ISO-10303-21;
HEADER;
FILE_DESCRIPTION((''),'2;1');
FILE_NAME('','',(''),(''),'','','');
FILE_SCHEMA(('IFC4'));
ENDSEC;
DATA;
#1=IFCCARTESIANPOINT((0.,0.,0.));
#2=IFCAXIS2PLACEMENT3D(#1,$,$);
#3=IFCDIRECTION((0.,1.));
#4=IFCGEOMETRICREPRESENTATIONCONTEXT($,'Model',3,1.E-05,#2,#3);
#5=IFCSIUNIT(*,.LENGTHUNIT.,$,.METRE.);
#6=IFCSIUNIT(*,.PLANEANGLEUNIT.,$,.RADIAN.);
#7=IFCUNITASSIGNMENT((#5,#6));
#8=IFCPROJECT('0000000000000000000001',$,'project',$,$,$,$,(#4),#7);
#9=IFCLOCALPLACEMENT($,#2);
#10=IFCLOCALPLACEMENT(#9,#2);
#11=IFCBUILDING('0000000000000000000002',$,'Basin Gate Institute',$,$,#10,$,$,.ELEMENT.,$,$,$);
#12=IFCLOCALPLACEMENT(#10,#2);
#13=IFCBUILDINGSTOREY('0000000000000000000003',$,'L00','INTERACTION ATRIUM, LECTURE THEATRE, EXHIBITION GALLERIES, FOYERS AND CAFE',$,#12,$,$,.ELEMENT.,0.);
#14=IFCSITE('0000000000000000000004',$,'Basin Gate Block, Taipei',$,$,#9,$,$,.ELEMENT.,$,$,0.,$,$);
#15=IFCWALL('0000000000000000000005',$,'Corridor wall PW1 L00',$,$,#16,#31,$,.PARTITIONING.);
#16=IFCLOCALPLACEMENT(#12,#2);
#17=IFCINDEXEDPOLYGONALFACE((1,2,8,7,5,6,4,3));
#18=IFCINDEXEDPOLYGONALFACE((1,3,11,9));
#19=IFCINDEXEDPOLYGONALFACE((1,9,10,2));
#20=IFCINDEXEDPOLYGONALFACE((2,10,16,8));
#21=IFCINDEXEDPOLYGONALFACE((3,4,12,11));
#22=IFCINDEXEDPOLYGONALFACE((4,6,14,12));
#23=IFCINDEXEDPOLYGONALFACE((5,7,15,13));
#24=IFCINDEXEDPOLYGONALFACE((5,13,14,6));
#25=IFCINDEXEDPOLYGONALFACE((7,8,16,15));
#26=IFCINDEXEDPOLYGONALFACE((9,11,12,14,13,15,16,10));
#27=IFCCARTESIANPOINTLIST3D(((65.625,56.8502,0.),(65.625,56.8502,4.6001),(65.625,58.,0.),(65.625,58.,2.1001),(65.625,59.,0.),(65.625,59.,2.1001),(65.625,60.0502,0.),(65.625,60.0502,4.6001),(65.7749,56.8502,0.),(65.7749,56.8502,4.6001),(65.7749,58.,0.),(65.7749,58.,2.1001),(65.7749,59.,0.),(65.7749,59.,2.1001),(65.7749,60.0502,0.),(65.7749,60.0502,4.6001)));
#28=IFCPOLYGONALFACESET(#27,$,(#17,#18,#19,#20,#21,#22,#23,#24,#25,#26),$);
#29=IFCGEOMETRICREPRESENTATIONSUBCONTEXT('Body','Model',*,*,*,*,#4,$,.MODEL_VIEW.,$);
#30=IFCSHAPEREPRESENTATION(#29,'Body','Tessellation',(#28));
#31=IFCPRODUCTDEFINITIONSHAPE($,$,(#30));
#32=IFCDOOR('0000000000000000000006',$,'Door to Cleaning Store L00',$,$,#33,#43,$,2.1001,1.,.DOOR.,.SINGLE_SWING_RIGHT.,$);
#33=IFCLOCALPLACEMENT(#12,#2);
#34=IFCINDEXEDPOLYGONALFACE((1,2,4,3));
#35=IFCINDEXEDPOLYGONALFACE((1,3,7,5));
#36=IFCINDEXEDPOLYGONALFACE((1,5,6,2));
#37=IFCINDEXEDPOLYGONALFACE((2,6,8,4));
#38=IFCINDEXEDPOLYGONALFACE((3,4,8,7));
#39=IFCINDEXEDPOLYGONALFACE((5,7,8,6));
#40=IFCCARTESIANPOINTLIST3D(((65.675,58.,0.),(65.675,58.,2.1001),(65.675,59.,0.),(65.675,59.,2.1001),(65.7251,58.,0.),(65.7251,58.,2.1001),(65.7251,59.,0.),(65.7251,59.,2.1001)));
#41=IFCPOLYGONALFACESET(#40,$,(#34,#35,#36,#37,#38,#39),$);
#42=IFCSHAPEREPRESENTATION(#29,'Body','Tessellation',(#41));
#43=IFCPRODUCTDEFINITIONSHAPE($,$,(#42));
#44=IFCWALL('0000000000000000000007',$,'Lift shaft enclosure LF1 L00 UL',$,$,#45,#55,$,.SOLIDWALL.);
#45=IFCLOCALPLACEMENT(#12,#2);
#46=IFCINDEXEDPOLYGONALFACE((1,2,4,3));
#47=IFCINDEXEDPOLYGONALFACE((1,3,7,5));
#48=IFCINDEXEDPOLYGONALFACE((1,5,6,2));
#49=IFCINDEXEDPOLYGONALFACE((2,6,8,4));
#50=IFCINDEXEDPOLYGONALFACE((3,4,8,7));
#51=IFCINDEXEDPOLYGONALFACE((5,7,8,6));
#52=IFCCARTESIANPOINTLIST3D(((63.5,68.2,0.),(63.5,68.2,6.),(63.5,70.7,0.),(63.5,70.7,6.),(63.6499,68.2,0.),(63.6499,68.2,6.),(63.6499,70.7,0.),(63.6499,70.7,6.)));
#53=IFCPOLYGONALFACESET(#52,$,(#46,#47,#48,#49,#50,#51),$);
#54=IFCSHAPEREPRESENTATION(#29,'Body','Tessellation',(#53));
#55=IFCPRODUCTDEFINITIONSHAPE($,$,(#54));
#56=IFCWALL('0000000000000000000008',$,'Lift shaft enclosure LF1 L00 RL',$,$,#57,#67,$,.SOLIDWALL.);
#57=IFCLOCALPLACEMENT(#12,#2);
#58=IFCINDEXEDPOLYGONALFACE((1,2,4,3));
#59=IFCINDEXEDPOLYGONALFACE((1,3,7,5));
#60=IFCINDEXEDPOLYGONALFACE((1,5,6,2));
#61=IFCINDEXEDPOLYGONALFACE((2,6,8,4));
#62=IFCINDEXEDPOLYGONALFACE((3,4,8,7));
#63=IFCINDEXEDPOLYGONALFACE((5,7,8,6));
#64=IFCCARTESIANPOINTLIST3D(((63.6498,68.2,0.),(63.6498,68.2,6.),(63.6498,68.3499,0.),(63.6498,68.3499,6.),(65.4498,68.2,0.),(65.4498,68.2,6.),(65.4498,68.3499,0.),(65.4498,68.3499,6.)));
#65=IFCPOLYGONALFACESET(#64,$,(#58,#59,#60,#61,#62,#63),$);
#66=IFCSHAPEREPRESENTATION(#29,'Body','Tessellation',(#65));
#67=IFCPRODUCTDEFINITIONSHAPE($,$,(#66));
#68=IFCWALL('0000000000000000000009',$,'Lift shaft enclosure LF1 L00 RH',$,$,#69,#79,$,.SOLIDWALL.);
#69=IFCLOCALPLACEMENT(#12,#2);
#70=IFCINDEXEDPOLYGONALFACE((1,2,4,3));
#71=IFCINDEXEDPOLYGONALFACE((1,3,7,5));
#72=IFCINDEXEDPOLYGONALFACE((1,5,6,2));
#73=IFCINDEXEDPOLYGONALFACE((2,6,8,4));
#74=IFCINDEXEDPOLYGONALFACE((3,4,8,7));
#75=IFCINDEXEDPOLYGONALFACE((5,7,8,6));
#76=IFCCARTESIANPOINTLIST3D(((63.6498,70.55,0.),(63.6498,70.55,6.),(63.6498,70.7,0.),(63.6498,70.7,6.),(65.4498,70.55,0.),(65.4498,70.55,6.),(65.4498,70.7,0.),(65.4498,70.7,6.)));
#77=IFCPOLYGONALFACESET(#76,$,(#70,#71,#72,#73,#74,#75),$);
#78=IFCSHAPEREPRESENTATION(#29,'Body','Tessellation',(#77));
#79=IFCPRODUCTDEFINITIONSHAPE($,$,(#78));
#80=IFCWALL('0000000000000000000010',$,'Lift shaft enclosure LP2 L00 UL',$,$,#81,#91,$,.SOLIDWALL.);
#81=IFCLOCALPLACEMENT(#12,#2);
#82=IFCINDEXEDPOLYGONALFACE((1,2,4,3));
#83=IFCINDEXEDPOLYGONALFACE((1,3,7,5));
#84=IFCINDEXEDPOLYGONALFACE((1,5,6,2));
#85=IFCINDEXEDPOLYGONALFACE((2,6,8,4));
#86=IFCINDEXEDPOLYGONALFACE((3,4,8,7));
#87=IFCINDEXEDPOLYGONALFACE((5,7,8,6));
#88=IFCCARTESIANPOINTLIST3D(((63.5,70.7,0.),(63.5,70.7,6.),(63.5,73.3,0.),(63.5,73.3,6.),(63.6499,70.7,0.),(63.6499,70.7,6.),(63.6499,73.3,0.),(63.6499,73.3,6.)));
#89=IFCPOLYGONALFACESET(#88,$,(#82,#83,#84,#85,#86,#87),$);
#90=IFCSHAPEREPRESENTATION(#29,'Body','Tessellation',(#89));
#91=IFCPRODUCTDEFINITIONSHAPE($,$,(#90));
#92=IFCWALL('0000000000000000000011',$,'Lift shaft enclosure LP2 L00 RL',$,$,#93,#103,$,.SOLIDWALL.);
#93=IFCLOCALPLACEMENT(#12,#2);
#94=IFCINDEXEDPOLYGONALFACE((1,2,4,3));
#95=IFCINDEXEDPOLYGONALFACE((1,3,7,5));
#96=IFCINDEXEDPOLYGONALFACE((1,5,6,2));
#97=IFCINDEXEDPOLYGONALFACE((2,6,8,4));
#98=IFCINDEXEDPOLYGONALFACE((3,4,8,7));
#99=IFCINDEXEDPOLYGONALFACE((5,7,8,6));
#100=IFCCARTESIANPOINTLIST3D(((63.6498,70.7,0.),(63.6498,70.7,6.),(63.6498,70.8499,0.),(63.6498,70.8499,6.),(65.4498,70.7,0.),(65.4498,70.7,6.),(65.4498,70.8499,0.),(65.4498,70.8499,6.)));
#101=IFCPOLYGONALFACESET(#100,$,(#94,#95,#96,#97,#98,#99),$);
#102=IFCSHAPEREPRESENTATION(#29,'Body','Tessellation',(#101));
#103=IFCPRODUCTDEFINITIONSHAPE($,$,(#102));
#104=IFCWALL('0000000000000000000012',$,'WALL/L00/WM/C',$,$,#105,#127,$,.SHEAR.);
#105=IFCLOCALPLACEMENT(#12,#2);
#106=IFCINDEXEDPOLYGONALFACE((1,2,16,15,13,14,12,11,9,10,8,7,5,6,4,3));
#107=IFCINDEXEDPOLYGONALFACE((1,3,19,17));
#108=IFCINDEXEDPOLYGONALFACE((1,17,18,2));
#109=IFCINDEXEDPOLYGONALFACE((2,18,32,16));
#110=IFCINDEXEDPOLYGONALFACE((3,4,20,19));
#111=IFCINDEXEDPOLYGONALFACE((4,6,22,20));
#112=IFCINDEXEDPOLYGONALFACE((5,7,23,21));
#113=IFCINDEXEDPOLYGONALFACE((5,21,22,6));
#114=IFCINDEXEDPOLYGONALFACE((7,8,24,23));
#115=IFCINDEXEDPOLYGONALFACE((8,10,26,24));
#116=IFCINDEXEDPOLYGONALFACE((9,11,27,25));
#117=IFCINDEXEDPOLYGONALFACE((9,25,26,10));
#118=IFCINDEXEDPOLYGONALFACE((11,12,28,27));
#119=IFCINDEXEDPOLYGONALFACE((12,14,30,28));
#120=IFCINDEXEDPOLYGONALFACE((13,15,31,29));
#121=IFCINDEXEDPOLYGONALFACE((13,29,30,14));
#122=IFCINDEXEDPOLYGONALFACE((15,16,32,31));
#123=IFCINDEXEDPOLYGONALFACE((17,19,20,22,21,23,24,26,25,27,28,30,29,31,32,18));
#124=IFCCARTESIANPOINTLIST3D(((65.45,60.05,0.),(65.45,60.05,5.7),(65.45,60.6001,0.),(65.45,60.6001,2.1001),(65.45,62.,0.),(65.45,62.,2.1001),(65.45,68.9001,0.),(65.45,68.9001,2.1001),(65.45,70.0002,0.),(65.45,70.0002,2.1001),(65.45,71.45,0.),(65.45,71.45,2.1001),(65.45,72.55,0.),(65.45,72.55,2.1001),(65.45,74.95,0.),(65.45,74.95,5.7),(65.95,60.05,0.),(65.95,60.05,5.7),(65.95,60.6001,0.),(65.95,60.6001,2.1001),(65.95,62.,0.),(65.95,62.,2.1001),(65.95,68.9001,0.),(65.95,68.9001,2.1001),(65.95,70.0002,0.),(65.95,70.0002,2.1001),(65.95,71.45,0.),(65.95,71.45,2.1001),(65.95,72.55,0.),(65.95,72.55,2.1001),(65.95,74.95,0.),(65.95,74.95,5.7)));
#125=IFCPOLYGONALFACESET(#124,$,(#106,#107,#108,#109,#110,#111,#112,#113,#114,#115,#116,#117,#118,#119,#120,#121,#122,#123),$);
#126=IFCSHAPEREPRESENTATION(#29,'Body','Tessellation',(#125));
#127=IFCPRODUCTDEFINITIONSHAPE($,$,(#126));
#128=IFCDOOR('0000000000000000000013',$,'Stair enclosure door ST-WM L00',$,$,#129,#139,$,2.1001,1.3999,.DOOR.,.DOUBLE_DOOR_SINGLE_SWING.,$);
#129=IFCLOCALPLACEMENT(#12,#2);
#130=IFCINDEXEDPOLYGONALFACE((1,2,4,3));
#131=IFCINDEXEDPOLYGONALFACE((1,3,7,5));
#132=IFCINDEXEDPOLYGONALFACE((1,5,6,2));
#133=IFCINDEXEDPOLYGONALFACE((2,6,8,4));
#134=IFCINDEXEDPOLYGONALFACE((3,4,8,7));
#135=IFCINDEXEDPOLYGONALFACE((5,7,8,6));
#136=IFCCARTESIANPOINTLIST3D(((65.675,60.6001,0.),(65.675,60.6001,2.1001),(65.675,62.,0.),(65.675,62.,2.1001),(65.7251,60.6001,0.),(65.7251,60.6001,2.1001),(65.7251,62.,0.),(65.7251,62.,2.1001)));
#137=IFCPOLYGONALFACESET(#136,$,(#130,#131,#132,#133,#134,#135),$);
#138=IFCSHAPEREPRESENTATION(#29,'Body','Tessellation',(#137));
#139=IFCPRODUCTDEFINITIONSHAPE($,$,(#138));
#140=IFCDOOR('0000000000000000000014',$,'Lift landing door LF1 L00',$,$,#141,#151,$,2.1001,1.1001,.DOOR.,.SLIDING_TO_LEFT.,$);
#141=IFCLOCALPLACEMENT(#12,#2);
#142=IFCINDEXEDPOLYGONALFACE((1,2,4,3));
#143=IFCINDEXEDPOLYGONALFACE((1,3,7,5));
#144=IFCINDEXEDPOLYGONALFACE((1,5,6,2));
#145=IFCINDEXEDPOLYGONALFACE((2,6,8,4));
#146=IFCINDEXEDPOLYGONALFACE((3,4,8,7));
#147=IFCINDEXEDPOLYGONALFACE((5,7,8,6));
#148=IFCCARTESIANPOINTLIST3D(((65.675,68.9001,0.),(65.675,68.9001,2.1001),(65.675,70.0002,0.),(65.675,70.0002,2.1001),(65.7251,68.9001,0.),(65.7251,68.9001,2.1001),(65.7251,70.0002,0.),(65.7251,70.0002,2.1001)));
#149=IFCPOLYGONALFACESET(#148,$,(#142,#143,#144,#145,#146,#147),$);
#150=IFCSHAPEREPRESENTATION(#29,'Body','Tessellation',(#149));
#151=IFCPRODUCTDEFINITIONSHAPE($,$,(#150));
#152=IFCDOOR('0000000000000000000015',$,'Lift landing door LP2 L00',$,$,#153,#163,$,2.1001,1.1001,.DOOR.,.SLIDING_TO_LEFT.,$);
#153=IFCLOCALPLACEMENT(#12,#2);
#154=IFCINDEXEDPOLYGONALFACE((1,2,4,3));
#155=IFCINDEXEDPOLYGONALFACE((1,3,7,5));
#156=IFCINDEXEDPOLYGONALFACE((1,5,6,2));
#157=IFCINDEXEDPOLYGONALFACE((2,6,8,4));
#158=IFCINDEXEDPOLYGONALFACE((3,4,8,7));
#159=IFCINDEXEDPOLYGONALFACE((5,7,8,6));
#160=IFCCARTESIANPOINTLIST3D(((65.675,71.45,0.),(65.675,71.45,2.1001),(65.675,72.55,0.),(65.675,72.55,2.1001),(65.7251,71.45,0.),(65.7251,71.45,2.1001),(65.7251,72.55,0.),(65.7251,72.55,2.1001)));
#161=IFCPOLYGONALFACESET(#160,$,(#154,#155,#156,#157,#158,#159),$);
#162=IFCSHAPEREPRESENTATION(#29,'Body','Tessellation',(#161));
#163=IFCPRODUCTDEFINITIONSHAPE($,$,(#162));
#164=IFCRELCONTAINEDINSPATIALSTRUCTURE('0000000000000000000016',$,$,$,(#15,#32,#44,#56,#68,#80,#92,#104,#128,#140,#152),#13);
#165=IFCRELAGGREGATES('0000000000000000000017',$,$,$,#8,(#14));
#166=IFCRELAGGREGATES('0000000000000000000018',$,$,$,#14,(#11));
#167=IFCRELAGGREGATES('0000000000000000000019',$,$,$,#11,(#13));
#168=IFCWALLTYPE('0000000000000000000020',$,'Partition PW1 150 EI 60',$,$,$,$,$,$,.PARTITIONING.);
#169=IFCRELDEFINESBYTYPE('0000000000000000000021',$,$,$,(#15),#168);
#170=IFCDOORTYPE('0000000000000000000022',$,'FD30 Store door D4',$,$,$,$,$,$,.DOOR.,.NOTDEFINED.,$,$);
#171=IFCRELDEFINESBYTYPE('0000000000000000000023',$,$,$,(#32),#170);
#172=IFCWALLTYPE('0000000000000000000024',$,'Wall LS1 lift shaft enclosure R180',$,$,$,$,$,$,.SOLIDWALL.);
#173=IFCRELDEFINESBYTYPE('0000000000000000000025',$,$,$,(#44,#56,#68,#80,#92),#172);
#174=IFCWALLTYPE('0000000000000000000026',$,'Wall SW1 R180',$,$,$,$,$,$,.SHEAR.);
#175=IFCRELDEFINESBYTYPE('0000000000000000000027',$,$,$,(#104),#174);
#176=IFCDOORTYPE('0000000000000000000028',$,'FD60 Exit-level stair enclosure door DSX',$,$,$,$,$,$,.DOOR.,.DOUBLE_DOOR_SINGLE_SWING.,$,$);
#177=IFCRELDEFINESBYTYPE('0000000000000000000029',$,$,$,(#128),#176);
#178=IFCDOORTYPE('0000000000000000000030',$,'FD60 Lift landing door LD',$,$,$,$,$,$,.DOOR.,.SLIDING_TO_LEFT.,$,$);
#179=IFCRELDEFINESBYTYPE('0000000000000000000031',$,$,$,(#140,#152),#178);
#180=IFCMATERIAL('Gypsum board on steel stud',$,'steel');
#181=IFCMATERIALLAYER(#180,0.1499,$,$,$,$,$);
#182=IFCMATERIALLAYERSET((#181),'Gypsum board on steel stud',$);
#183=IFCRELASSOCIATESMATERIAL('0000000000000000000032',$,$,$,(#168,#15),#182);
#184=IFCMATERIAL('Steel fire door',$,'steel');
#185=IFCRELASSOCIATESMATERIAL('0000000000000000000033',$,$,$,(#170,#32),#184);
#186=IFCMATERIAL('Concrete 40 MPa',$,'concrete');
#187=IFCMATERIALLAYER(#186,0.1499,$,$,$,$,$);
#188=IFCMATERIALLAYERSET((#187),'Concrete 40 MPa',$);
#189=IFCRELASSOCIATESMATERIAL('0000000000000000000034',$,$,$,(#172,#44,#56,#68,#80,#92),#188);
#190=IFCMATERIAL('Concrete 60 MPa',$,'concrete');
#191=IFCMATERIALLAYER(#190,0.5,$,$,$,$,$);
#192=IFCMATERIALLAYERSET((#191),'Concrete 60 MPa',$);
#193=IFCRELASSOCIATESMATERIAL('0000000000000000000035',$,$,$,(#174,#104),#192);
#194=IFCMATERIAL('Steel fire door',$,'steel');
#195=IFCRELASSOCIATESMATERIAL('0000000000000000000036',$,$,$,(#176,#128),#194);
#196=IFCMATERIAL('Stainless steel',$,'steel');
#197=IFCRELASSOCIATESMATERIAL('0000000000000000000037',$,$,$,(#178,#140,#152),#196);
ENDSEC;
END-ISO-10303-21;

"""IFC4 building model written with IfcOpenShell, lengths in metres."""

from ifc_helpers import new_model, si_unit, direction, frame, frame_2d, origin, place, context, subcontext, project, spatial, rectangle, extrude, material, layer, layer_set, type_object, element, fill, save


model = new_model("IFC4")

# Units and contexts
model_context = context("Model", 3, precision=1e-05, world=origin(), true_north=direction((0.0, 1.0)))
body_context = subcontext(model_context, "Body", "Model", "MODEL_VIEW")
ifc_project = project(units=[si_unit("LENGTHUNIT", "METRE"), si_unit("PLANEANGLEUNIT", "RADIAN")], contexts=[model_context])

# Site, building, storey
site_placement = place(None, origin())
site = spatial("IfcSite", under=ifc_project, at=site_placement, Name="Basin Gate Block, Taipei", CompositionType="ELEMENT", RefElevation=0.0)
building_placement = place(site_placement, origin())
building = spatial("IfcBuilding", under=site, at=building_placement, Name="Basin Gate Institute", CompositionType="ELEMENT")
storey_placement = place(building_placement, origin())
storey = spatial("IfcBuildingStorey", under=building, at=storey_placement, Name="L00", Description="INTERACTION ATRIUM, LECTURE THEATRE, EXHIBITION GALLERIES, FOYERS AND CAFE", CompositionType="ELEMENT", Elevation=0.0)

# Wall, opening, door
ifc_material_1 = material(Name="Gypsum board on steel stud", Category="steel")
ifc_layer_1 = layer(ifc_material_1, 0.1499)
ifc_layer_set_1 = layer_set([ifc_layer_1], Name="Gypsum board on steel stud")
wall_type_1 = type_object("IfcWallType", Name="Partition PW1 150 EI 60", PredefinedType="PARTITIONING", material=ifc_layer_set_1)
wall_1_placement = place(storey_placement, frame((65.7, 56.8501, 0.0), z_axis=(0.0, 0.0, 1.0), x_axis=(0.0, 1.0, 0.0)))
wall_1 = element("IfcWall", 1, at=wall_1_placement, inside=storey, type_object=wall_type_1, material=ifc_layer_set_1, Name="Corridor wall PW1 L00", PredefinedType="PARTITIONING", context=body_context, shape_type="SweptSolid", body=[
    extrude(rectangle(XDim=3.2, YDim=0.1499, at=frame_2d((1.6001, 0.0))), origin(), (0.0, 0.0, 1.0), 4.6001),
])
opening_1_placement = place(wall_1_placement, frame((1.1499, 0.0, 0.0)))
opening_1 = element("IfcOpeningElement", 2, at=opening_1_placement, cuts=wall_1, PredefinedType="OPENING", context=body_context, shape_type="SweptSolid", body=[
    extrude(rectangle(XDim=1.0, YDim=2.1001, at=frame_2d((0.5, 1.05))), frame((0.0, 0.085, 0.0), z_axis=(0.0, -1.0, 0.0), x_axis=(1.0, 0.0, 0.0)), (0.0, 0.0, 1.0), 0.1699),
])
ifc_material_2 = material(Name="Steel fire door", Category="steel")
door_type_1 = type_object("IfcDoorType", Name="FD30 Store door D4", OperationType="NOTDEFINED", PredefinedType="DOOR", material=ifc_material_2)
door_1_placement = place(opening_1_placement, origin())
door_1 = element("IfcDoor", 3, at=door_1_placement, inside=storey, type_object=door_type_1, material=ifc_material_2, Name="Door to Cleaning Store L00", OperationType="SINGLE_SWING_RIGHT", OverallHeight=2.1001, OverallWidth=1.0, PredefinedType="DOOR", context=body_context, shape_type="SweptSolid", body=[
    extrude(rectangle(XDim=1.0, YDim=2.1001, at=frame_2d((0.5, 1.05))), frame((0.0, 0.0249, 0.0), z_axis=(0.0, -1.0, 0.0), x_axis=(1.0, 0.0, 0.0)), (0.0, 0.0, 1.0), 0.05),
])
fill(opening_1, door_1)

# Walls
ifc_material_3 = material(Name="Concrete 40 MPa", Category="concrete")
ifc_layer_2 = layer(ifc_material_3, 0.1499)
ifc_layer_set_2 = layer_set([ifc_layer_2], Name="Concrete 40 MPa")
wall_type_2 = type_object("IfcWallType", Name="Wall LS1 lift shaft enclosure R180", PredefinedType="SOLIDWALL", material=ifc_layer_set_2)
wall_2_placement = place(storey_placement, frame((63.575, 68.2, 0.0), z_axis=(0.0, 0.0, 1.0), x_axis=(0.0, 1.0, 0.0)))
element("IfcWall", 4, at=wall_2_placement, inside=storey, type_object=wall_type_2, material=ifc_layer_set_2, Name="Lift shaft enclosure LF1 L00 UL", PredefinedType="SOLIDWALL", context=body_context, shape_type="SweptSolid", body=[
    extrude(rectangle(XDim=2.5, YDim=0.1499, at=frame_2d((1.25, 0.0))), origin(), (0.0, 0.0, 1.0), 6.0),
])
for number, where, z_axis, x_axis, name in (
    (5, (63.6499, 68.2749, 0.0), (0.0, 0.0, 1.0), (1.0, 0.0, 0.0), "Lift shaft enclosure LF1 L00 RL"),
    (6, (63.6499, 70.625, 0.0), (0.0, 0.0, 1.0), (1.0, 0.0, 0.0), "Lift shaft enclosure LF1 L00 RH"),
):
    element("IfcWall", number, at=place(storey_placement, frame(where, z_axis=z_axis, x_axis=x_axis)), inside=storey, type_object=wall_type_2, material=ifc_layer_set_2, Name=name, PredefinedType="SOLIDWALL", context=body_context, shape_type="SweptSolid", body=[
        extrude(rectangle(XDim=1.8, YDim=0.1499, at=frame_2d((0.8999, 0.0))), origin(), (0.0, 0.0, 1.0), 6.0),
    ])
wall_3_placement = place(storey_placement, frame((63.575, 70.7, 0.0), z_axis=(0.0, 0.0, 1.0), x_axis=(0.0, 1.0, 0.0)))
element("IfcWall", 7, at=wall_3_placement, inside=storey, type_object=wall_type_2, material=ifc_layer_set_2, Name="Lift shaft enclosure LP2 L00 UL", PredefinedType="SOLIDWALL", context=body_context, shape_type="SweptSolid", body=[
    extrude(rectangle(XDim=2.6001, YDim=0.1499, at=frame_2d((1.3, 0.0))), origin(), (0.0, 0.0, 1.0), 6.0),
])
wall_4_placement = place(storey_placement, frame((63.6499, 70.7749, 0.0), z_axis=(0.0, 0.0, 1.0), x_axis=(1.0, 0.0, 0.0)))
element("IfcWall", 8, at=wall_4_placement, inside=storey, type_object=wall_type_2, material=ifc_layer_set_2, Name="Lift shaft enclosure LP2 L00 RL", PredefinedType="SOLIDWALL", context=body_context, shape_type="SweptSolid", body=[
    extrude(rectangle(XDim=1.8, YDim=0.1499, at=frame_2d((0.8999, 0.0))), origin(), (0.0, 0.0, 1.0), 6.0),
])

# Wall, openings, doors
ifc_material_4 = material(Name="Concrete 60 MPa", Category="concrete")
ifc_layer_3 = layer(ifc_material_4, 0.5)
ifc_layer_set_3 = layer_set([ifc_layer_3], Name="Concrete 60 MPa")
wall_type_3 = type_object("IfcWallType", Name="Wall SW1 R180", PredefinedType="SHEAR", material=ifc_layer_set_3)
wall_5_placement = place(storey_placement, frame((65.7, 60.05, 0.0), z_axis=(0.0, 0.0, 1.0), x_axis=(0.0, 1.0, 0.0)))
wall_5 = element("IfcWall", 9, at=wall_5_placement, inside=storey, type_object=wall_type_3, material=ifc_layer_set_3, Name="WALL/L00/WM/C", PredefinedType="SHEAR", context=body_context, shape_type="SweptSolid", body=[
    extrude(rectangle(XDim=14.8999, YDim=0.5, at=frame_2d((7.45, 0.0))), origin(), (0.0, 0.0, 1.0), 5.7),
])
opening_2_placement = place(wall_5_placement, frame((0.55, 0.0, 0.0)))
opening_2 = element("IfcOpeningElement", 10, at=opening_2_placement, cuts=wall_5, PredefinedType="OPENING", context=body_context, shape_type="SweptSolid", body=[
    extrude(rectangle(XDim=1.3999, YDim=2.1001, at=frame_2d((0.7, 1.05))), frame((0.0, 0.26, 0.0), z_axis=(0.0, -1.0, 0.0), x_axis=(1.0, 0.0, 0.0)), (0.0, 0.0, 1.0), 0.52),
])
opening_3_placement = place(wall_5_placement, frame((8.8501, 0.0, 0.0)))
opening_3 = element("IfcOpeningElement", 11, at=opening_3_placement, cuts=wall_5, PredefinedType="OPENING", context=body_context, shape_type="SweptSolid", body=[
    extrude(rectangle(XDim=1.1001, YDim=2.1001, at=frame_2d((0.55, 1.05))), frame((0.0, 0.26, 0.0), z_axis=(0.0, -1.0, 0.0), x_axis=(1.0, 0.0, 0.0)), (0.0, 0.0, 1.0), 0.52),
])
opening_4_placement = place(wall_5_placement, frame((11.3999, 0.0, 0.0)))
opening_4 = element("IfcOpeningElement", 12, at=opening_4_placement, cuts=wall_5, PredefinedType="OPENING", context=body_context, shape_type="SweptSolid", body=[
    extrude(rectangle(XDim=1.1001, YDim=2.1001, at=frame_2d((0.55, 1.05))), frame((0.0, 0.26, 0.0), z_axis=(0.0, -1.0, 0.0), x_axis=(1.0, 0.0, 0.0)), (0.0, 0.0, 1.0), 0.52),
])
ifc_material_5 = material(Name="Steel fire door", Category="steel")
door_type_2 = type_object("IfcDoorType", Name="FD60 Exit-level stair enclosure door DSX", OperationType="DOUBLE_DOOR_SINGLE_SWING", PredefinedType="DOOR", material=ifc_material_5)
door_2_placement = place(opening_2_placement, origin())
door_2 = element("IfcDoor", 13, at=door_2_placement, inside=storey, type_object=door_type_2, material=ifc_material_5, Name="Stair enclosure door ST-WM L00", OperationType="DOUBLE_DOOR_SINGLE_SWING", OverallHeight=2.1001, OverallWidth=1.3999, PredefinedType="DOOR", context=body_context, shape_type="SweptSolid", body=[
    extrude(rectangle(XDim=1.3999, YDim=2.1001, at=frame_2d((0.7, 1.05))), frame((0.0, 0.0249, 0.0), z_axis=(0.0, -1.0, 0.0), x_axis=(1.0, 0.0, 0.0)), (0.0, 0.0, 1.0), 0.05),
])
fill(opening_2, door_2)
ifc_material_6 = material(Name="Stainless steel", Category="steel")
door_type_3 = type_object("IfcDoorType", Name="FD60 Lift landing door LD", OperationType="SLIDING_TO_LEFT", PredefinedType="DOOR", material=ifc_material_6)
door_3_placement = place(opening_3_placement, origin())
door_3 = element("IfcDoor", 14, at=door_3_placement, inside=storey, type_object=door_type_3, material=ifc_material_6, Name="Lift landing door LF1 L00", OperationType="SLIDING_TO_LEFT", OverallHeight=2.1001, OverallWidth=1.1001, PredefinedType="DOOR", context=body_context, shape_type="SweptSolid", body=[
    extrude(rectangle(XDim=1.1001, YDim=2.1001, at=frame_2d((0.55, 1.05))), frame((0.0, 0.0249, 0.0), z_axis=(0.0, -1.0, 0.0), x_axis=(1.0, 0.0, 0.0)), (0.0, 0.0, 1.0), 0.05),
])
fill(opening_3, door_3)
door_4_placement = place(opening_4_placement, origin())
door_4 = element("IfcDoor", 15, at=door_4_placement, inside=storey, type_object=door_type_3, material=ifc_material_6, Name="Lift landing door LP2 L00", OperationType="SLIDING_TO_LEFT", OverallHeight=2.1001, OverallWidth=1.1001, PredefinedType="DOOR", context=body_context, shape_type="SweptSolid", body=[
    extrude(rectangle(XDim=1.1001, YDim=2.1001, at=frame_2d((0.55, 1.05))), frame((0.0, 0.0249, 0.0), z_axis=(0.0, -1.0, 0.0), x_axis=(1.0, 0.0, 0.0)), (0.0, 0.0, 1.0), 0.05),
])
fill(opening_4, door_4)

save(model, "model.ifc")
